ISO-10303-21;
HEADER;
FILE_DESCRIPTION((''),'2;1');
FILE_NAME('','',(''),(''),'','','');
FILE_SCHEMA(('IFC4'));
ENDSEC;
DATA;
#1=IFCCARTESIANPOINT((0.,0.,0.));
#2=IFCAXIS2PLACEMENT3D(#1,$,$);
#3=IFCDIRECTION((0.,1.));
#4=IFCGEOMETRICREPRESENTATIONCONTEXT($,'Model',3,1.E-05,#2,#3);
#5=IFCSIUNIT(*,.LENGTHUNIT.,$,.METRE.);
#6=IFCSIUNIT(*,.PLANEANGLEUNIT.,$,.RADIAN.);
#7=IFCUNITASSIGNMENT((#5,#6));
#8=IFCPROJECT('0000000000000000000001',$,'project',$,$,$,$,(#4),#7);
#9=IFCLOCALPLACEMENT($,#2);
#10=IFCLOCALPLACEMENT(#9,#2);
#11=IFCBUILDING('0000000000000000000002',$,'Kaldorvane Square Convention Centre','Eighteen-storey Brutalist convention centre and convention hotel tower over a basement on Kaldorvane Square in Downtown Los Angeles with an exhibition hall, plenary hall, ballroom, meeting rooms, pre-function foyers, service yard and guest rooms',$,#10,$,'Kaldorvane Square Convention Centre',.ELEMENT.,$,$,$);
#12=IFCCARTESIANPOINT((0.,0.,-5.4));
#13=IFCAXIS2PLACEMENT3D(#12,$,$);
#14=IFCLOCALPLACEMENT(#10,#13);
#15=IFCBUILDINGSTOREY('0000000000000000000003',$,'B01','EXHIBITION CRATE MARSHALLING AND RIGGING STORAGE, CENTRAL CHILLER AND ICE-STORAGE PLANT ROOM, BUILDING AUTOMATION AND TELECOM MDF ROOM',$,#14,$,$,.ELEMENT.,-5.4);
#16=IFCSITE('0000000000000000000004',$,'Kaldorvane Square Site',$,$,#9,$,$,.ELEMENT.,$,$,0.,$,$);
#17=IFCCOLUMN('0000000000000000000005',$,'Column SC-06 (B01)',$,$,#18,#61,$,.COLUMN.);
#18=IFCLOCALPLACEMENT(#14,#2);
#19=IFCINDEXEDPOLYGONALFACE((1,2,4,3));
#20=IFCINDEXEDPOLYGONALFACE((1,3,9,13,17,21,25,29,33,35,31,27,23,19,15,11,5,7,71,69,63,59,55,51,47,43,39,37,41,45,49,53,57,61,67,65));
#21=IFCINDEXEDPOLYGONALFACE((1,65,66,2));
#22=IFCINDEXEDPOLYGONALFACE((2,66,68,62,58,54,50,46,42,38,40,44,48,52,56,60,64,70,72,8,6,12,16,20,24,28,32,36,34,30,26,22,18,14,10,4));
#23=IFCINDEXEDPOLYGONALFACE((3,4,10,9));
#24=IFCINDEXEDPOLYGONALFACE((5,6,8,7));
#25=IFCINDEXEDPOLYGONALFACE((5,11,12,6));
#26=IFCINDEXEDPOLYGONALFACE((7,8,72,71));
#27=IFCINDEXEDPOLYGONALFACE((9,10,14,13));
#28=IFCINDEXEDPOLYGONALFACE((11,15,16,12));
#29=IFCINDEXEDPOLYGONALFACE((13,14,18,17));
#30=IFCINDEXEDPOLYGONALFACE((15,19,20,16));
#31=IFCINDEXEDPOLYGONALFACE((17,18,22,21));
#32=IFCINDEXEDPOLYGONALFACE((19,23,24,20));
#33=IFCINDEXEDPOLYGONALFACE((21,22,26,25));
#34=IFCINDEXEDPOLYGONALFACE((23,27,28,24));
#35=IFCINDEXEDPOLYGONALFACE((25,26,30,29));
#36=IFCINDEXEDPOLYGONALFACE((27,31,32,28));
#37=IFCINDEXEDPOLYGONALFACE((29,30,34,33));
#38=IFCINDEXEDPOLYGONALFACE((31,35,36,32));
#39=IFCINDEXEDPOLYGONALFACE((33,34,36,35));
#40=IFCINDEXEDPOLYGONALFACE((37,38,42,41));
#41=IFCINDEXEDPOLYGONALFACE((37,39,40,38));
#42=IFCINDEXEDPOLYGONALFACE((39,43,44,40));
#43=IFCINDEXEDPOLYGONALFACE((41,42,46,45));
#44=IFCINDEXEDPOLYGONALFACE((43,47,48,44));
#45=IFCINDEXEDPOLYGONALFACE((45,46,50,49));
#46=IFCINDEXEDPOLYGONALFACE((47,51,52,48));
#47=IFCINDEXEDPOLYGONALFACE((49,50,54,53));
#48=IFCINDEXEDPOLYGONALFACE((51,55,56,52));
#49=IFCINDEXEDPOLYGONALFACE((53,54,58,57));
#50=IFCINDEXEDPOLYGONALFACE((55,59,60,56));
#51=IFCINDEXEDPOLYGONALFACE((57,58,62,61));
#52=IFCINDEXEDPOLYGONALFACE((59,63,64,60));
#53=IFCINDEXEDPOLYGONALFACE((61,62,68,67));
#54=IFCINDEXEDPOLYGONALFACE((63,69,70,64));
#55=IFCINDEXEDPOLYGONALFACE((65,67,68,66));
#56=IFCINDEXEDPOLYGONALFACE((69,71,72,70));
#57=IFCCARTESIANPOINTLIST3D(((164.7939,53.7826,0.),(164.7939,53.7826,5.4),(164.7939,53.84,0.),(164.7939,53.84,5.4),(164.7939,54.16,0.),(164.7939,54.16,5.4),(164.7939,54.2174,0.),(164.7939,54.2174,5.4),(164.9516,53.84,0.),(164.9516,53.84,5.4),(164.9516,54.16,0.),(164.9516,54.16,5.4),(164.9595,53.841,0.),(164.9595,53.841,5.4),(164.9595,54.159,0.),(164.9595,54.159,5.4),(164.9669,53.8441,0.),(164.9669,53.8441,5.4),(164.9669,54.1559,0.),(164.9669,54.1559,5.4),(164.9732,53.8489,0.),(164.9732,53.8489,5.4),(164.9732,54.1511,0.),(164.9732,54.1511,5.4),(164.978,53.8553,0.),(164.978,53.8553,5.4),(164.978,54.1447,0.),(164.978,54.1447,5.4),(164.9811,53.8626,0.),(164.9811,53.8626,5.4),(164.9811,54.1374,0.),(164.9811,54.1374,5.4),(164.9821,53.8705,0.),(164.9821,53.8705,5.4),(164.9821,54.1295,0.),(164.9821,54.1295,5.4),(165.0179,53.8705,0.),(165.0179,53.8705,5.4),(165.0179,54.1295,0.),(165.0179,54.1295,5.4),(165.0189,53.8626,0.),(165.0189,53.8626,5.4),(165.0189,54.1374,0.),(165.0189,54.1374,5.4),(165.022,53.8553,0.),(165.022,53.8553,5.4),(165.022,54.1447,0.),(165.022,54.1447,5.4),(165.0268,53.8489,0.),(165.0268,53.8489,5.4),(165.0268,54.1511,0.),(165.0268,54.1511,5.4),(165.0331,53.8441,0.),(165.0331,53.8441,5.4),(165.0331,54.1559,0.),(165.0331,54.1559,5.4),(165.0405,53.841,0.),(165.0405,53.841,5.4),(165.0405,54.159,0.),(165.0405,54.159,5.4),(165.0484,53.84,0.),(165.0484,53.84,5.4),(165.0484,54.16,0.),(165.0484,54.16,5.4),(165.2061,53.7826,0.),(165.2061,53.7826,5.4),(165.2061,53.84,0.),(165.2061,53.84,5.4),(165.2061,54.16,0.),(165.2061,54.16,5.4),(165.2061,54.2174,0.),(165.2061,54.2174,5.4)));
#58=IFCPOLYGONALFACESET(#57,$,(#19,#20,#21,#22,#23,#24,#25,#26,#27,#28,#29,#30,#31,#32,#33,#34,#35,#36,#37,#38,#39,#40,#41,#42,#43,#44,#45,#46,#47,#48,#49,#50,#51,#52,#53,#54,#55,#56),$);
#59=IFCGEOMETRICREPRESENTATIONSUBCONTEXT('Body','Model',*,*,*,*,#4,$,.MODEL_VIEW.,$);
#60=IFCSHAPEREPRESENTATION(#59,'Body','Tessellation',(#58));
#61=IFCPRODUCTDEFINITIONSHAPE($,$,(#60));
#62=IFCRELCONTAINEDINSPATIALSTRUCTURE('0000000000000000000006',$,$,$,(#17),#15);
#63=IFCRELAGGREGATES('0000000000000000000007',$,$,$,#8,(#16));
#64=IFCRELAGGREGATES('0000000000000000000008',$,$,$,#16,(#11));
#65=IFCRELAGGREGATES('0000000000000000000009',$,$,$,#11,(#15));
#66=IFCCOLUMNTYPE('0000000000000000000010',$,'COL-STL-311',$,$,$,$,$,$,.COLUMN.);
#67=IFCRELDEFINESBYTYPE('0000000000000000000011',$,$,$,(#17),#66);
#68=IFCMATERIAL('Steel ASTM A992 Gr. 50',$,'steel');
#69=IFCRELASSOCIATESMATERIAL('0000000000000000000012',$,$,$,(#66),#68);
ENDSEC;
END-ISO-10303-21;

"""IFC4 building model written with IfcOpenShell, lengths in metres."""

from ifc_helpers import new_model, si_unit, direction, frame, origin, origin_2d, place, context, subcontext, project, spatial, i_section, extrude, material, material_profile, profile_set, type_object, element, save


model = new_model("IFC4")

# Units and contexts
model_context = context("Model", 3, precision=1e-05, world=origin(), true_north=direction((0.0, 1.0)))
body_context = subcontext(model_context, "Body", "Model", "MODEL_VIEW")
ifc_project = project(units=[si_unit("LENGTHUNIT", "METRE"), si_unit("PLANEANGLEUNIT", "RADIAN")], contexts=[model_context])

# Site, building, storey
site_placement = place(None, origin())
site = spatial("IfcSite", under=ifc_project, at=site_placement, Name="Kaldorvane Square Site", CompositionType="ELEMENT", RefElevation=0.0)
building_placement = place(site_placement, origin())
building = spatial("IfcBuilding", under=site, at=building_placement, Name="Kaldorvane Square Convention Centre", Description="Eighteen-storey Brutalist convention centre and convention hotel tower over a basement on Kaldorvane Square in Downtown Los Angeles with an exhibition hall, plenary hall, ballroom, meeting rooms, pre-function foyers, service yard and guest rooms", LongName="Kaldorvane Square Convention Centre", CompositionType="ELEMENT")
storey_placement = place(building_placement, frame((0.0, 0.0, -5.4)))
storey = spatial("IfcBuildingStorey", under=building, at=storey_placement, Name="B01", Description="EXHIBITION CRATE MARSHALLING AND RIGGING STORAGE, CENTRAL CHILLER AND ICE-STORAGE PLANT ROOM, BUILDING AUTOMATION AND TELECOM MDF ROOM", CompositionType="ELEMENT", Elevation=-5.4)

# Column
ifc_material_1 = material(Name="Steel ASTM A992 Gr. 50", Category="steel")
ifc_material_profile_1 = material_profile(ifc_material_1, i_section(OverallWidth=0.4122, OverallDepth=0.4348, WebThickness=0.0358, FlangeThickness=0.0574, FilletRadius=0.0305, at=origin_2d()), Name="W14X311")
ifc_profile_set_1 = profile_set([ifc_material_profile_1], Name="Steel ASTM A992 Gr. 50")
column_type_1 = type_object("IfcColumnType", Name="COL-STL-311", PredefinedType="COLUMN", material=ifc_profile_set_1)
for number, where, z_axis, x_axis, name in (
    (1, (165.0, 54.0, 0.0), (0.0, 0.0, 1.0), (1.0, 0.0, 0.0), "Column SC-06 (B01)"),
):
    element("IfcColumn", number, at=place(storey_placement, frame(where, z_axis=z_axis, x_axis=x_axis)), inside=storey, type_object=column_type_1, Name=name, PredefinedType="COLUMN", context=body_context, shape_type="SweptSolid", body=[
        extrude(i_section(OverallWidth=0.4122, OverallDepth=0.4348, WebThickness=0.0358, FlangeThickness=0.0574, FilletRadius=0.0305, at=origin_2d()), origin(), (0.0, 0.0, 1.0), 5.4),
    ])

save(model, "model.ifc")
